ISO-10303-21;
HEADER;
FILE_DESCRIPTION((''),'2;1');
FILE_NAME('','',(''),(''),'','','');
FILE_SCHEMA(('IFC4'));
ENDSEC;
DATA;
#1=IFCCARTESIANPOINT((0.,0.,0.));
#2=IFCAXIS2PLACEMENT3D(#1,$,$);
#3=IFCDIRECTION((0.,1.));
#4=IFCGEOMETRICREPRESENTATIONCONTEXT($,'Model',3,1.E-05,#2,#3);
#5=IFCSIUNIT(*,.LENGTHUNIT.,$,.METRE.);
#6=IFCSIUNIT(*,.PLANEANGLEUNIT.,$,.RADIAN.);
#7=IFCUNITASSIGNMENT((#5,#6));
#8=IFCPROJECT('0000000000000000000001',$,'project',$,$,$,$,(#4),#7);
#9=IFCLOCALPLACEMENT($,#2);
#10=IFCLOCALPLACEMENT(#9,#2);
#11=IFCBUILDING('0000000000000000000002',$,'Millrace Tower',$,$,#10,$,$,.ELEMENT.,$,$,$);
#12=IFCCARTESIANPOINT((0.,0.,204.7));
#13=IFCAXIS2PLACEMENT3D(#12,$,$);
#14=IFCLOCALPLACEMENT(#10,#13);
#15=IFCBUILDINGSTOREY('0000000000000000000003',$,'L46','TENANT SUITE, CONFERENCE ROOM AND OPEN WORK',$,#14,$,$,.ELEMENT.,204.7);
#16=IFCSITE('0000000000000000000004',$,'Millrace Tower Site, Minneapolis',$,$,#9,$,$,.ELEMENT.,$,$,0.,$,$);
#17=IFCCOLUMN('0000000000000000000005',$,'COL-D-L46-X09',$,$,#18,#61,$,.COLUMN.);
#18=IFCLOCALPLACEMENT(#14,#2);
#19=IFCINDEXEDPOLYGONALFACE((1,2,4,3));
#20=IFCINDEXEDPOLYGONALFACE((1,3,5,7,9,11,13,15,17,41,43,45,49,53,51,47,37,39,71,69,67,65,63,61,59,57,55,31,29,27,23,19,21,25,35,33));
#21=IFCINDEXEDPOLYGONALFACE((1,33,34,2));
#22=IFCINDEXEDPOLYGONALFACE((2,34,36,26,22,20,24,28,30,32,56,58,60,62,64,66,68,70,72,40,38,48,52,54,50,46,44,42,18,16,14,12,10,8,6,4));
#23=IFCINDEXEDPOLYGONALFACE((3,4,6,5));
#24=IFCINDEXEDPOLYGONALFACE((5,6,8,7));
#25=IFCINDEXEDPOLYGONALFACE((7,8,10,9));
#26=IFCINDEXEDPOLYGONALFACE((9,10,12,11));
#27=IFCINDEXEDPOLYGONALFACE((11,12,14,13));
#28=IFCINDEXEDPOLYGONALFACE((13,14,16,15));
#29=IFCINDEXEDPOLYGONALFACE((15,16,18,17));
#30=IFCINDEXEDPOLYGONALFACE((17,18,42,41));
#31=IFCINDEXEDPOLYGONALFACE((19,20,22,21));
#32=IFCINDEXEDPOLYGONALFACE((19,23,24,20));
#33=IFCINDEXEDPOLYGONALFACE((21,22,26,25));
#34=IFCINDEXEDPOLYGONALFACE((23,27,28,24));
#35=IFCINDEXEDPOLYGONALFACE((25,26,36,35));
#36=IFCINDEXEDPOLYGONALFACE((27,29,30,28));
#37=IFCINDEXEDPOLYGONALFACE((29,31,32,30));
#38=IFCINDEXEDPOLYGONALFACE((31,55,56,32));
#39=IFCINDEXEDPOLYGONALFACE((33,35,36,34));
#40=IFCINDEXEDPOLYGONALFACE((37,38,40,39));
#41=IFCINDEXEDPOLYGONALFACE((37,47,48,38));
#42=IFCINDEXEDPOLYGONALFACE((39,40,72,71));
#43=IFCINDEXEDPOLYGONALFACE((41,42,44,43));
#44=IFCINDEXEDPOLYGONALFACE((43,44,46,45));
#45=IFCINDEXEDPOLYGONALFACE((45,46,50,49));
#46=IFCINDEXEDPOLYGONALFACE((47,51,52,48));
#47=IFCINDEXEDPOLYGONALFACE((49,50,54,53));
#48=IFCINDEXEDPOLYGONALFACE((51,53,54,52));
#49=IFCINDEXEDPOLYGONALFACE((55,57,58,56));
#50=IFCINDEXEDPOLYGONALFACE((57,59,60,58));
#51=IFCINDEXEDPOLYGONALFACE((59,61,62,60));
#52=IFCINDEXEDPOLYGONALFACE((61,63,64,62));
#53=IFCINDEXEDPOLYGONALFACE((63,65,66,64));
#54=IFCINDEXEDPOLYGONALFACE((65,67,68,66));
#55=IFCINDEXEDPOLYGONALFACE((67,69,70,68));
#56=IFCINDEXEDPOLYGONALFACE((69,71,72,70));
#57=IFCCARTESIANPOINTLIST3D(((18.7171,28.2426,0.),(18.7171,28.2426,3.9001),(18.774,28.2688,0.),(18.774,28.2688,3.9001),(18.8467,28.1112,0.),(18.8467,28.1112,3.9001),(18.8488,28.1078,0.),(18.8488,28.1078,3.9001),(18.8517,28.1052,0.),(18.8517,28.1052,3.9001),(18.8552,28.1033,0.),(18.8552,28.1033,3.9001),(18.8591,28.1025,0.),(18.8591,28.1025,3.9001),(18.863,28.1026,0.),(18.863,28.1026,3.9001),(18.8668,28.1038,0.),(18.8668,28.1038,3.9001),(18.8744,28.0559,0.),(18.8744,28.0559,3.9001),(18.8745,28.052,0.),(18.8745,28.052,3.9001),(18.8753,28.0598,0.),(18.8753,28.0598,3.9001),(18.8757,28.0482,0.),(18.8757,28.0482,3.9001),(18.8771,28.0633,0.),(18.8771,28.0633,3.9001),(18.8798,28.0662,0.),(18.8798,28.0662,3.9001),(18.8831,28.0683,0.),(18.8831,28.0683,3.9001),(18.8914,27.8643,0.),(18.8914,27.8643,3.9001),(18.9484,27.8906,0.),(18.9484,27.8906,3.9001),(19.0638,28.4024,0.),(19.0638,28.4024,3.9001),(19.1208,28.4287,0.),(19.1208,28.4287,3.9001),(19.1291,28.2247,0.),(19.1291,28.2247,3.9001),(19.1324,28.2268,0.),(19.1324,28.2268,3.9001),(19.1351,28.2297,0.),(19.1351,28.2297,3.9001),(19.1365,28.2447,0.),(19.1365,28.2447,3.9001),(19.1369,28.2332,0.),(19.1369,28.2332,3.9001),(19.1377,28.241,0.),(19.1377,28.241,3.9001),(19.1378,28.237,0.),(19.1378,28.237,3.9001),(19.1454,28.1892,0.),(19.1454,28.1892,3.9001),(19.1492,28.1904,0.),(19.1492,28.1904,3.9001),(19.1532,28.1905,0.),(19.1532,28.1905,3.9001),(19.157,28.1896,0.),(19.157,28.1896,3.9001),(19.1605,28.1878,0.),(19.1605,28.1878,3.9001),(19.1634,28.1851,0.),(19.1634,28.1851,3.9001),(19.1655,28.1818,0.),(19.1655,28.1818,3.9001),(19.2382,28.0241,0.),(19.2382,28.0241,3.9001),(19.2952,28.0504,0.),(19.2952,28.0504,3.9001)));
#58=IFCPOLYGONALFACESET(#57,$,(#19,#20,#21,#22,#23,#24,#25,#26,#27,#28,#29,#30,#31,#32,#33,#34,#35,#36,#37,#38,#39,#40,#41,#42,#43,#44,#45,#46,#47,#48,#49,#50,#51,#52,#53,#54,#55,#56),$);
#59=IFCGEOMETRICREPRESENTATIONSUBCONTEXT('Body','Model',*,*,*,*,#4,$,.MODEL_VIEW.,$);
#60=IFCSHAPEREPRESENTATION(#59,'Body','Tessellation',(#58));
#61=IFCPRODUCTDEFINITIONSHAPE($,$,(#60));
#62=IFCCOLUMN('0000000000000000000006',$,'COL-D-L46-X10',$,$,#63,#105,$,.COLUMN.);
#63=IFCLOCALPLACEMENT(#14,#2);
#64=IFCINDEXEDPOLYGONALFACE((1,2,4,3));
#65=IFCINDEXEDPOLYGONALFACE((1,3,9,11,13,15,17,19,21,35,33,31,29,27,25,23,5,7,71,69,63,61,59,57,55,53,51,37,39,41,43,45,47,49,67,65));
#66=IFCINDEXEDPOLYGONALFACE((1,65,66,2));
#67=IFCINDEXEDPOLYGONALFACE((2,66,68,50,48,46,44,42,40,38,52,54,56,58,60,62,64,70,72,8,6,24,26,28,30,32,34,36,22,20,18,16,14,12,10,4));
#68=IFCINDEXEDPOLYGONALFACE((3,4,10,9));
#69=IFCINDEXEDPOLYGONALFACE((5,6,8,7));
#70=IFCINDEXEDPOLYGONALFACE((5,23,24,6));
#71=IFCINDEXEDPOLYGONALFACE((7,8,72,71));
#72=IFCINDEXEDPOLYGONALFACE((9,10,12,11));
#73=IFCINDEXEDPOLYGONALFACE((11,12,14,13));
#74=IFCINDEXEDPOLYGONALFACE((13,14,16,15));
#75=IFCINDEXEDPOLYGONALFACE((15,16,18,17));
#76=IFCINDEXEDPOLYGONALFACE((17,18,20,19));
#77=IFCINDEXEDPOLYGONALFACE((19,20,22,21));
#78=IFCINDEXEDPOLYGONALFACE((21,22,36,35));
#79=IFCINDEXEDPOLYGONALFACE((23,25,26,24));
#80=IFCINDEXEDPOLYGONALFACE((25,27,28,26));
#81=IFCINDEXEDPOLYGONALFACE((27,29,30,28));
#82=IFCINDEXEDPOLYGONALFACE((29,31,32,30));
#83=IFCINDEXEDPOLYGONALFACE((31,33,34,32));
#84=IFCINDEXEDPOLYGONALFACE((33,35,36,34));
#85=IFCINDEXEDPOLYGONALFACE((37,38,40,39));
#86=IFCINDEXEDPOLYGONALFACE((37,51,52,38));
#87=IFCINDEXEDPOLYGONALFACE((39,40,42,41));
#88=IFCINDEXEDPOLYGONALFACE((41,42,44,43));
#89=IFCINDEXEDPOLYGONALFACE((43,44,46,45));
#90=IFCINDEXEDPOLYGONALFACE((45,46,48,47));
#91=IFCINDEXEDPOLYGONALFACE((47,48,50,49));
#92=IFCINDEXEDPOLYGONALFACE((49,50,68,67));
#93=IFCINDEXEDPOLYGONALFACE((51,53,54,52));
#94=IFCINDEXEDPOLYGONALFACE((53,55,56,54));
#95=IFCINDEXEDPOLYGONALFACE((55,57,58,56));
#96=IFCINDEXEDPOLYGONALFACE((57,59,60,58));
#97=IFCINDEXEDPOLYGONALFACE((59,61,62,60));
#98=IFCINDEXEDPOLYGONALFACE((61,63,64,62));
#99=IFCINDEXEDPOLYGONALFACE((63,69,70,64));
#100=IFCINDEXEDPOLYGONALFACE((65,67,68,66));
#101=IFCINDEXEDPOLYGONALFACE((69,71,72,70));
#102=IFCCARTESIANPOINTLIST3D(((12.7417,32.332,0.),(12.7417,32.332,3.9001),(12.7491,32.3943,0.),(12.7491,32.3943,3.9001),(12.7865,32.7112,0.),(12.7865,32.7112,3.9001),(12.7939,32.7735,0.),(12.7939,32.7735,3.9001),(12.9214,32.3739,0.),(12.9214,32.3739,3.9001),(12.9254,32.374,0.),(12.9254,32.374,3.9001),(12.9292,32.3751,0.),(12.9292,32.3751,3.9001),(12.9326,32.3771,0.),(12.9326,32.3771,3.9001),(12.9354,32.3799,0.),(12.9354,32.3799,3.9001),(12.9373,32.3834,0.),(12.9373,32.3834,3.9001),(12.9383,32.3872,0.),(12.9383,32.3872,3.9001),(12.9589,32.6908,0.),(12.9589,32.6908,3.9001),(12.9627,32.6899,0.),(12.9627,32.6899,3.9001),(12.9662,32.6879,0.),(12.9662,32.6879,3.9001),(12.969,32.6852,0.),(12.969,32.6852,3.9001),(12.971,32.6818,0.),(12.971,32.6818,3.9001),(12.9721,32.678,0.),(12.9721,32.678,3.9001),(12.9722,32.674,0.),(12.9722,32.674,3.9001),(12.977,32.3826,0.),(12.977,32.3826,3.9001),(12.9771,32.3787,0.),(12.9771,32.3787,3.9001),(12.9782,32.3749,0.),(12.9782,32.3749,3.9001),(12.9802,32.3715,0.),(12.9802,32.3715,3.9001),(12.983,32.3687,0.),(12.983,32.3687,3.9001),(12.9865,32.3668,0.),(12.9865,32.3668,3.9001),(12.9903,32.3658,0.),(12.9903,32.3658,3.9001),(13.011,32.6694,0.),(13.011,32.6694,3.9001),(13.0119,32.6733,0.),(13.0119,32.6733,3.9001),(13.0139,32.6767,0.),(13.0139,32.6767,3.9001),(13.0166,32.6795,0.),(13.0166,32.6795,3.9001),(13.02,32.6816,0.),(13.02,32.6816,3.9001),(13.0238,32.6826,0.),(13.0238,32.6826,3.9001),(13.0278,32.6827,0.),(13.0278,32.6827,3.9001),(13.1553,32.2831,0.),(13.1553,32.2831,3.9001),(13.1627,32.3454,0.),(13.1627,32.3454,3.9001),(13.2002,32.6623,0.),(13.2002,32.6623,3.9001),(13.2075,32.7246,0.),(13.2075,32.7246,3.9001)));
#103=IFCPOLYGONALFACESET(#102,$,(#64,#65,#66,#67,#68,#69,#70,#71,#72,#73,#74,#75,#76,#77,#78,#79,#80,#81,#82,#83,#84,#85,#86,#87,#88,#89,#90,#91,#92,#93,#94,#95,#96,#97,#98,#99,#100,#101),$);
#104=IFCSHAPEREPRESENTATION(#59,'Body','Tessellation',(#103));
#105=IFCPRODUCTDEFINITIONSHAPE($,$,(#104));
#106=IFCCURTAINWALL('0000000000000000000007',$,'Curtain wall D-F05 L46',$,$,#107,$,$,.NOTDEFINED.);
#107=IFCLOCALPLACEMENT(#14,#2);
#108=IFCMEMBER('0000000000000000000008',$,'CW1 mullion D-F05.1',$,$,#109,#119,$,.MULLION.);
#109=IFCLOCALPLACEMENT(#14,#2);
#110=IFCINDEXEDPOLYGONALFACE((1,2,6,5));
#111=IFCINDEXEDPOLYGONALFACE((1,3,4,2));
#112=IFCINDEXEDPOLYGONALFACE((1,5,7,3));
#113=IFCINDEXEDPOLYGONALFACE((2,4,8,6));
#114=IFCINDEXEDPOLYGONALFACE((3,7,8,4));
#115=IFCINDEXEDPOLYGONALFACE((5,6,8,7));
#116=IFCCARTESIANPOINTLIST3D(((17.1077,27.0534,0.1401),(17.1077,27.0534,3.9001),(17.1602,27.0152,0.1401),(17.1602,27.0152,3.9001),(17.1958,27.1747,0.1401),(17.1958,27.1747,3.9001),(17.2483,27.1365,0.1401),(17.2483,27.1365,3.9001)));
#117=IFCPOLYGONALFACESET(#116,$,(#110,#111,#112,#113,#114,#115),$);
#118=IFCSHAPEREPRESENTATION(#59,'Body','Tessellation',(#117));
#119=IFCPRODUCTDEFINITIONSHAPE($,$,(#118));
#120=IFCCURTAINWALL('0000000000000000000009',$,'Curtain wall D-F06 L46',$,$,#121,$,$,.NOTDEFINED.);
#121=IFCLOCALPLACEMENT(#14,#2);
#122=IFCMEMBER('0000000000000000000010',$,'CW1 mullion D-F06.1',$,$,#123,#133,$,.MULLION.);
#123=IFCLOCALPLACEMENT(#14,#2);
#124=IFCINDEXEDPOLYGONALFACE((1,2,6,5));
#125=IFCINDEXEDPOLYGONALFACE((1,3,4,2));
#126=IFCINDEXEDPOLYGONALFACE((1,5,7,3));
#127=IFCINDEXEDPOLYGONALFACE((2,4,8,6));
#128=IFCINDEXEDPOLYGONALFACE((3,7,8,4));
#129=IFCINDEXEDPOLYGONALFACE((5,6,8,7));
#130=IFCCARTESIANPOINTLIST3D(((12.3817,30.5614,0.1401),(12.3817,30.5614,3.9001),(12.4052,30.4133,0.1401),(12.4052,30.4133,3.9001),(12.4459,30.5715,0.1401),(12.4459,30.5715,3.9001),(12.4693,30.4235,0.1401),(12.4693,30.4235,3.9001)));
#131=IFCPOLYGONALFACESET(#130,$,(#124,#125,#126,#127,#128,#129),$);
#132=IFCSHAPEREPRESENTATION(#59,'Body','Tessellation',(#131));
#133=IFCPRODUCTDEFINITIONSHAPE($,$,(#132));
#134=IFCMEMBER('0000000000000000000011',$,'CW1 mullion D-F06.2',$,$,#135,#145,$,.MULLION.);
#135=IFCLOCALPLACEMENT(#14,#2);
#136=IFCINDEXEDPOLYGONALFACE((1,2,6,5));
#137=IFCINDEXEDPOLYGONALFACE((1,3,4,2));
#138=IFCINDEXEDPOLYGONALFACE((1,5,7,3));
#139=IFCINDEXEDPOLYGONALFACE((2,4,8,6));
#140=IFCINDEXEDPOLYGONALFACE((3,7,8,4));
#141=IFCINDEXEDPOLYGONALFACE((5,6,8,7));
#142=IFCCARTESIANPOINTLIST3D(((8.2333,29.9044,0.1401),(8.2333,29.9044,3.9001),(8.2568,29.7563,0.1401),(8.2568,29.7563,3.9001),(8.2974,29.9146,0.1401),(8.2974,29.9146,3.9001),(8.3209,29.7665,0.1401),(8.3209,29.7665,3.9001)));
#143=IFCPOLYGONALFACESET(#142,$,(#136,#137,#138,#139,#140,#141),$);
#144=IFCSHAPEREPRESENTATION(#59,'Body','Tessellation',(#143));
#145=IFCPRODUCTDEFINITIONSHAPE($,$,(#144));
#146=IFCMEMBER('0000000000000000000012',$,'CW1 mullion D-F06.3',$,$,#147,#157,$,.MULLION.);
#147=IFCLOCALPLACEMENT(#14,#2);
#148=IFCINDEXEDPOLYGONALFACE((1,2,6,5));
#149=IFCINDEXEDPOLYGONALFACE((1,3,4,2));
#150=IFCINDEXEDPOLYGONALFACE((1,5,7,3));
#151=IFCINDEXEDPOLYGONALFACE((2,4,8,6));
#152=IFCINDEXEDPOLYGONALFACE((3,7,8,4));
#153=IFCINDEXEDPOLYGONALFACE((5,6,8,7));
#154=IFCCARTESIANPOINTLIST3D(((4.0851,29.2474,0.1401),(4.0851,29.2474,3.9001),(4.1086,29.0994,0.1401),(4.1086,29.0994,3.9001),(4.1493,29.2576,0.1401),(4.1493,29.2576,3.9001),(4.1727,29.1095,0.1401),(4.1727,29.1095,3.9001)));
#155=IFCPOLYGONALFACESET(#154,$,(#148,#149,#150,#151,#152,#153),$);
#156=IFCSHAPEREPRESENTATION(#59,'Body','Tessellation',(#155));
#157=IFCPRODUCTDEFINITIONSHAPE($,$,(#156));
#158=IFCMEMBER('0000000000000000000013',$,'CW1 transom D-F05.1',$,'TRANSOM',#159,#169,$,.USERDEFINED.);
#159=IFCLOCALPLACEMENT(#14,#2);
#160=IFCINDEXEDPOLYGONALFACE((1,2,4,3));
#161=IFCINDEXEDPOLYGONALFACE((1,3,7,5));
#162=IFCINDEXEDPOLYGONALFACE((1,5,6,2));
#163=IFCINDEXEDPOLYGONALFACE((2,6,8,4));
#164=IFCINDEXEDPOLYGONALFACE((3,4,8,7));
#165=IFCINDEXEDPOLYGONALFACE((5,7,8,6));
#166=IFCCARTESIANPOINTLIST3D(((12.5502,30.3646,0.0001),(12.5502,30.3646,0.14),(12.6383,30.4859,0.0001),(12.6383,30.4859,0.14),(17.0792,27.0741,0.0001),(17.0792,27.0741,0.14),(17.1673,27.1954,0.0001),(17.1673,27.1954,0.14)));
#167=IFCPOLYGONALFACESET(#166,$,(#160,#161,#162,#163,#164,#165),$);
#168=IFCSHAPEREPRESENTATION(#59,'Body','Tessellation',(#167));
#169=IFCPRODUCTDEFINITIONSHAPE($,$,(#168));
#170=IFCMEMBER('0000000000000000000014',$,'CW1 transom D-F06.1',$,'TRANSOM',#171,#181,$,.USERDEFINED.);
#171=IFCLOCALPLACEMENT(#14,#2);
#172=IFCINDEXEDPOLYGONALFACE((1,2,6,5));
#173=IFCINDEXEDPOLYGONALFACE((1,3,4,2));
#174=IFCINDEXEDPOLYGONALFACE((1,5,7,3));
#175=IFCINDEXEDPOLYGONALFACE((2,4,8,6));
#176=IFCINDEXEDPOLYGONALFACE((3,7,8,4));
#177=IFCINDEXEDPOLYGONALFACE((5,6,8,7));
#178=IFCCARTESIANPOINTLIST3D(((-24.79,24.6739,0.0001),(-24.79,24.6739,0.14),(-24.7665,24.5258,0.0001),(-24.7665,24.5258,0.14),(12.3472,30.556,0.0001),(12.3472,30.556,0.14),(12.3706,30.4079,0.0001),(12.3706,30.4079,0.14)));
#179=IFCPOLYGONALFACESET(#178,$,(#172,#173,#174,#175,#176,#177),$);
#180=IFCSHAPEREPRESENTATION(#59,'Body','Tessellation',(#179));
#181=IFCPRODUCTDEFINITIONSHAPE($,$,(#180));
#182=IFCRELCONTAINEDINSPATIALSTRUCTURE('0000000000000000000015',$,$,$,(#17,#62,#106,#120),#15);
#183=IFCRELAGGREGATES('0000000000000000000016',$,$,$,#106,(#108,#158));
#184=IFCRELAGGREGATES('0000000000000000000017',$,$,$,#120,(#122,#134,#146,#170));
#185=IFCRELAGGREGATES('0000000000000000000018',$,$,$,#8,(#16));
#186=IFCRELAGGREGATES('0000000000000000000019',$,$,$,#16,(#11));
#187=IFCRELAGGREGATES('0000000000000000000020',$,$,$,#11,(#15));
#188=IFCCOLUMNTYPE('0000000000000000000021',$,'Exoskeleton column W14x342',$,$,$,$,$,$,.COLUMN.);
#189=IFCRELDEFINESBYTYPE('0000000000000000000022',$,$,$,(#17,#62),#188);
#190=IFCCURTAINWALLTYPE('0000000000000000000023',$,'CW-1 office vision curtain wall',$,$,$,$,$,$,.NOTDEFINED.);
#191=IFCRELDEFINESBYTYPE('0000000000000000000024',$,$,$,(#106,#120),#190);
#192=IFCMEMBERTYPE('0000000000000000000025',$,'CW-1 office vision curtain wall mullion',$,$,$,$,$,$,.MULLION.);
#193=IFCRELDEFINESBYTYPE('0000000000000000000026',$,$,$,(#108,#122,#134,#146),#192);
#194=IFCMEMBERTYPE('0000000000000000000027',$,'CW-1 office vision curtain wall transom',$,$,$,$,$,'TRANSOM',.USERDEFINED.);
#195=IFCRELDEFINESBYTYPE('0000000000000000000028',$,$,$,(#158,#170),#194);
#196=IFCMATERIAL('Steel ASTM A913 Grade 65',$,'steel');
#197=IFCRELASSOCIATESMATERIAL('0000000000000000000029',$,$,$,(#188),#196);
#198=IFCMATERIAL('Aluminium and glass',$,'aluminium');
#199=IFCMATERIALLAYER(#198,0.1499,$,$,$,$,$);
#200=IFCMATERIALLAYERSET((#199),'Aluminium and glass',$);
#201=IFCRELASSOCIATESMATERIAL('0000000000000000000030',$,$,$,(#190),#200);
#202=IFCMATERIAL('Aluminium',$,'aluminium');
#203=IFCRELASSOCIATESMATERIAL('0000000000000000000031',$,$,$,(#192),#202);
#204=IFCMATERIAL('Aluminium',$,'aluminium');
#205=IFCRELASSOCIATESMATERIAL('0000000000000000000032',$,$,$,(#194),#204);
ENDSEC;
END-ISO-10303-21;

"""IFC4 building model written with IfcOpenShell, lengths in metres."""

from ifc_helpers import new_model, si_unit, direction, frame, origin, origin_2d, place, context, subcontext, project, spatial, rectangle, i_section, extrude, material, layer, layer_set, material_profile, profile_set, type_object, element, aggregate, save


model = new_model("IFC4")

# Units and contexts
model_context = context("Model", 3, precision=1e-05, world=origin(), true_north=direction((0.0, 1.0)))
body_context = subcontext(model_context, "Body", "Model", "MODEL_VIEW")
ifc_project = project(units=[si_unit("LENGTHUNIT", "METRE"), si_unit("PLANEANGLEUNIT", "RADIAN")], contexts=[model_context])

# Site, building, storey
site_placement = place(None, origin())
site = spatial("IfcSite", under=ifc_project, at=site_placement, Name="Millrace Tower Site, Minneapolis", CompositionType="ELEMENT", RefElevation=0.0)
building_placement = place(site_placement, origin())
building = spatial("IfcBuilding", under=site, at=building_placement, Name="Millrace Tower", CompositionType="ELEMENT")
storey_placement = place(building_placement, frame((0.0, 0.0, 204.7)))
storey = spatial("IfcBuildingStorey", under=building, at=storey_placement, Name="L46", Description="TENANT SUITE, CONFERENCE ROOM AND OPEN WORK", CompositionType="ELEMENT", Elevation=204.7)

# Columns
ifc_material_1 = material(Name="Steel ASTM A913 Grade 65", Category="steel")
ifc_material_profile_1 = material_profile(ifc_material_1, i_section(OverallWidth=0.4165, OverallDepth=0.4446, WebThickness=0.0391, FlangeThickness=0.0627, FilletRadius=0.0151, at=origin_2d()))
ifc_profile_set_1 = profile_set([ifc_material_profile_1], Name="Steel ASTM A913 Grade 65")
column_type = type_object("IfcColumnType", Name="Exoskeleton column W14x342", PredefinedType="COLUMN", material=ifc_profile_set_1)
for number, where, z_axis, x_axis, name in (
    (1, (19.0061, 28.1465, 0.0), (0.0, 0.0, 1.0), (-0.418553, 0.908192, 0.0), "COL-D-L46-X09"),
    (2, (12.9746, 32.5283, 0.0), (0.0, 0.0, 1.0), (-0.993082, 0.117421, 0.0), "COL-D-L46-X10"),
):
    element("IfcColumn", number, at=place(storey_placement, frame(where, z_axis=z_axis, x_axis=x_axis)), inside=storey, type_object=column_type, Name=name, PredefinedType="COLUMN", context=body_context, shape_type="SweptSolid", body=[
        extrude(i_section(OverallWidth=0.4165, OverallDepth=0.4446, WebThickness=0.0391, FlangeThickness=0.0627, FilletRadius=0.0151, at=origin_2d()), origin(), (0.0, 0.0, 1.0), 3.9001),
    ])

# Curtain wall, member
ifc_material_2 = material(Name="Aluminium and glass", Category="aluminium")
ifc_layer_1 = layer(ifc_material_2, 0.1499)
ifc_layer_set_1 = layer_set([ifc_layer_1], Name="Aluminium and glass")
curtain_wall_type = type_object("IfcCurtainWallType", Name="CW-1 office vision curtain wall", PredefinedType="NOTDEFINED", material=ifc_layer_set_1)
placement = place(storey_placement, origin())
curtain_wall_1 = element("IfcCurtainWall", 3, at=placement, inside=storey, type_object=curtain_wall_type, Name="Curtain wall D-F05 L46", PredefinedType="NOTDEFINED")
ifc_material_3 = material(Name="Aluminium", Category="aluminium")
ifc_material_profile_2 = material_profile(ifc_material_3, rectangle(XDim=0.0649, YDim=0.1499, at=origin_2d()))
ifc_profile_set_2 = profile_set([ifc_material_profile_2], Name="Aluminium")
member_type_1 = type_object("IfcMemberType", Name="CW-1 office vision curtain wall mullion", PredefinedType="MULLION", material=ifc_profile_set_2)
member_1_placement = place(storey_placement, frame((17.178, 27.095, 0.1401), z_axis=(0.0, 0.0, 1.0), x_axis=(-0.809017, 0.587785, 0.0)))
member_1 = element("IfcMember", 4, at=member_1_placement, type_object=member_type_1, Name="CW1 mullion D-F05.1", PredefinedType="MULLION", context=body_context, shape_type="SweptSolid", body=[
    extrude(rectangle(XDim=0.0649, YDim=0.1499, at=origin_2d()), origin(), (0.0, 0.0, 1.0), 3.76),
])

# Curtain wall, members
curtain_wall_2 = element("IfcCurtainWall", 5, at=placement, inside=storey, type_object=curtain_wall_type, Name="Curtain wall D-F06 L46", PredefinedType="NOTDEFINED")
member_2_placement = place(storey_placement, frame((12.4255, 30.4924, 0.1401), z_axis=(0.0, 0.0, 1.0), x_axis=(-0.987688, -0.156434, 0.0)))
member_2 = element("IfcMember", 6, at=member_2_placement, type_object=member_type_1, Name="CW1 mullion D-F06.1", PredefinedType="MULLION", context=body_context, shape_type="SweptSolid", body=[
    extrude(rectangle(XDim=0.0649, YDim=0.1499, at=origin_2d()), origin(), (0.0, 0.0, 1.0), 3.76),
])
member_3_placement = place(storey_placement, frame((8.2771, 29.8354, 0.1401), z_axis=(0.0, 0.0, 1.0), x_axis=(-0.987688, -0.156434, 0.0)))
member_3 = element("IfcMember", 7, at=member_3_placement, type_object=member_type_1, Name="CW1 mullion D-F06.2", PredefinedType="MULLION", context=body_context, shape_type="SweptSolid", body=[
    extrude(rectangle(XDim=0.0649, YDim=0.1499, at=origin_2d()), origin(), (0.0, 0.0, 1.0), 3.76),
])
member_4_placement = place(storey_placement, frame((4.1289, 29.1785, 0.1401), z_axis=(0.0, 0.0, 1.0), x_axis=(-0.987688, -0.156434, 0.0)))
member_4 = element("IfcMember", 8, at=member_4_placement, type_object=member_type_1, Name="CW1 mullion D-F06.3", PredefinedType="MULLION", context=body_context, shape_type="SweptSolid", body=[
    extrude(rectangle(XDim=0.0649, YDim=0.1499, at=origin_2d()), origin(), (0.0, 0.0, 1.0), 3.76),
])

# Members
ifc_material_4 = material(Name="Aluminium", Category="aluminium")
ifc_material_profile_3 = material_profile(ifc_material_4, rectangle(XDim=0.1499, YDim=0.1399, at=origin_2d()))
ifc_profile_set_3 = profile_set([ifc_material_profile_3], Name="Aluminium")
member_type_2 = type_object("IfcMemberType", Name="CW-1 office vision curtain wall transom", ElementType="TRANSOM", PredefinedType="USERDEFINED", material=ifc_profile_set_3)
member_5_placement = place(storey_placement, frame((17.1233, 27.1348, 0.0701), z_axis=(-0.809019, 0.587783, 0.0), x_axis=(-0.587783, -0.809019, 0.0)))
member_5 = element("IfcMember", 9, at=member_5_placement, type_object=member_type_2, Name="CW1 transom D-F05.1", ObjectType="TRANSOM", PredefinedType="USERDEFINED", context=body_context, shape_type="SweptSolid", body=[
    extrude(rectangle(XDim=0.1499, YDim=0.1399, at=origin_2d()), origin(), (0.0, 0.0, 1.0), 5.5981),
])
aggregate(curtain_wall_1, [member_1, member_5])
member_6_placement = place(storey_placement, frame((12.3589, 30.4819, 0.0701), z_axis=(-0.987688, -0.156438, 0.0), x_axis=(0.156438, -0.987688, 0.0)))
member_6 = element("IfcMember", 10, at=member_6_placement, type_object=member_type_2, Name="CW1 transom D-F06.1", ObjectType="TRANSOM", PredefinedType="USERDEFINED", context=body_context, shape_type="SweptSolid", body=[
    extrude(rectangle(XDim=0.1499, YDim=0.1399, at=origin_2d()), origin(), (0.0, 0.0, 1.0), 37.6001),
])
aggregate(curtain_wall_2, [member_2, member_3, member_4, member_6])

save(model, "model.ifc")
